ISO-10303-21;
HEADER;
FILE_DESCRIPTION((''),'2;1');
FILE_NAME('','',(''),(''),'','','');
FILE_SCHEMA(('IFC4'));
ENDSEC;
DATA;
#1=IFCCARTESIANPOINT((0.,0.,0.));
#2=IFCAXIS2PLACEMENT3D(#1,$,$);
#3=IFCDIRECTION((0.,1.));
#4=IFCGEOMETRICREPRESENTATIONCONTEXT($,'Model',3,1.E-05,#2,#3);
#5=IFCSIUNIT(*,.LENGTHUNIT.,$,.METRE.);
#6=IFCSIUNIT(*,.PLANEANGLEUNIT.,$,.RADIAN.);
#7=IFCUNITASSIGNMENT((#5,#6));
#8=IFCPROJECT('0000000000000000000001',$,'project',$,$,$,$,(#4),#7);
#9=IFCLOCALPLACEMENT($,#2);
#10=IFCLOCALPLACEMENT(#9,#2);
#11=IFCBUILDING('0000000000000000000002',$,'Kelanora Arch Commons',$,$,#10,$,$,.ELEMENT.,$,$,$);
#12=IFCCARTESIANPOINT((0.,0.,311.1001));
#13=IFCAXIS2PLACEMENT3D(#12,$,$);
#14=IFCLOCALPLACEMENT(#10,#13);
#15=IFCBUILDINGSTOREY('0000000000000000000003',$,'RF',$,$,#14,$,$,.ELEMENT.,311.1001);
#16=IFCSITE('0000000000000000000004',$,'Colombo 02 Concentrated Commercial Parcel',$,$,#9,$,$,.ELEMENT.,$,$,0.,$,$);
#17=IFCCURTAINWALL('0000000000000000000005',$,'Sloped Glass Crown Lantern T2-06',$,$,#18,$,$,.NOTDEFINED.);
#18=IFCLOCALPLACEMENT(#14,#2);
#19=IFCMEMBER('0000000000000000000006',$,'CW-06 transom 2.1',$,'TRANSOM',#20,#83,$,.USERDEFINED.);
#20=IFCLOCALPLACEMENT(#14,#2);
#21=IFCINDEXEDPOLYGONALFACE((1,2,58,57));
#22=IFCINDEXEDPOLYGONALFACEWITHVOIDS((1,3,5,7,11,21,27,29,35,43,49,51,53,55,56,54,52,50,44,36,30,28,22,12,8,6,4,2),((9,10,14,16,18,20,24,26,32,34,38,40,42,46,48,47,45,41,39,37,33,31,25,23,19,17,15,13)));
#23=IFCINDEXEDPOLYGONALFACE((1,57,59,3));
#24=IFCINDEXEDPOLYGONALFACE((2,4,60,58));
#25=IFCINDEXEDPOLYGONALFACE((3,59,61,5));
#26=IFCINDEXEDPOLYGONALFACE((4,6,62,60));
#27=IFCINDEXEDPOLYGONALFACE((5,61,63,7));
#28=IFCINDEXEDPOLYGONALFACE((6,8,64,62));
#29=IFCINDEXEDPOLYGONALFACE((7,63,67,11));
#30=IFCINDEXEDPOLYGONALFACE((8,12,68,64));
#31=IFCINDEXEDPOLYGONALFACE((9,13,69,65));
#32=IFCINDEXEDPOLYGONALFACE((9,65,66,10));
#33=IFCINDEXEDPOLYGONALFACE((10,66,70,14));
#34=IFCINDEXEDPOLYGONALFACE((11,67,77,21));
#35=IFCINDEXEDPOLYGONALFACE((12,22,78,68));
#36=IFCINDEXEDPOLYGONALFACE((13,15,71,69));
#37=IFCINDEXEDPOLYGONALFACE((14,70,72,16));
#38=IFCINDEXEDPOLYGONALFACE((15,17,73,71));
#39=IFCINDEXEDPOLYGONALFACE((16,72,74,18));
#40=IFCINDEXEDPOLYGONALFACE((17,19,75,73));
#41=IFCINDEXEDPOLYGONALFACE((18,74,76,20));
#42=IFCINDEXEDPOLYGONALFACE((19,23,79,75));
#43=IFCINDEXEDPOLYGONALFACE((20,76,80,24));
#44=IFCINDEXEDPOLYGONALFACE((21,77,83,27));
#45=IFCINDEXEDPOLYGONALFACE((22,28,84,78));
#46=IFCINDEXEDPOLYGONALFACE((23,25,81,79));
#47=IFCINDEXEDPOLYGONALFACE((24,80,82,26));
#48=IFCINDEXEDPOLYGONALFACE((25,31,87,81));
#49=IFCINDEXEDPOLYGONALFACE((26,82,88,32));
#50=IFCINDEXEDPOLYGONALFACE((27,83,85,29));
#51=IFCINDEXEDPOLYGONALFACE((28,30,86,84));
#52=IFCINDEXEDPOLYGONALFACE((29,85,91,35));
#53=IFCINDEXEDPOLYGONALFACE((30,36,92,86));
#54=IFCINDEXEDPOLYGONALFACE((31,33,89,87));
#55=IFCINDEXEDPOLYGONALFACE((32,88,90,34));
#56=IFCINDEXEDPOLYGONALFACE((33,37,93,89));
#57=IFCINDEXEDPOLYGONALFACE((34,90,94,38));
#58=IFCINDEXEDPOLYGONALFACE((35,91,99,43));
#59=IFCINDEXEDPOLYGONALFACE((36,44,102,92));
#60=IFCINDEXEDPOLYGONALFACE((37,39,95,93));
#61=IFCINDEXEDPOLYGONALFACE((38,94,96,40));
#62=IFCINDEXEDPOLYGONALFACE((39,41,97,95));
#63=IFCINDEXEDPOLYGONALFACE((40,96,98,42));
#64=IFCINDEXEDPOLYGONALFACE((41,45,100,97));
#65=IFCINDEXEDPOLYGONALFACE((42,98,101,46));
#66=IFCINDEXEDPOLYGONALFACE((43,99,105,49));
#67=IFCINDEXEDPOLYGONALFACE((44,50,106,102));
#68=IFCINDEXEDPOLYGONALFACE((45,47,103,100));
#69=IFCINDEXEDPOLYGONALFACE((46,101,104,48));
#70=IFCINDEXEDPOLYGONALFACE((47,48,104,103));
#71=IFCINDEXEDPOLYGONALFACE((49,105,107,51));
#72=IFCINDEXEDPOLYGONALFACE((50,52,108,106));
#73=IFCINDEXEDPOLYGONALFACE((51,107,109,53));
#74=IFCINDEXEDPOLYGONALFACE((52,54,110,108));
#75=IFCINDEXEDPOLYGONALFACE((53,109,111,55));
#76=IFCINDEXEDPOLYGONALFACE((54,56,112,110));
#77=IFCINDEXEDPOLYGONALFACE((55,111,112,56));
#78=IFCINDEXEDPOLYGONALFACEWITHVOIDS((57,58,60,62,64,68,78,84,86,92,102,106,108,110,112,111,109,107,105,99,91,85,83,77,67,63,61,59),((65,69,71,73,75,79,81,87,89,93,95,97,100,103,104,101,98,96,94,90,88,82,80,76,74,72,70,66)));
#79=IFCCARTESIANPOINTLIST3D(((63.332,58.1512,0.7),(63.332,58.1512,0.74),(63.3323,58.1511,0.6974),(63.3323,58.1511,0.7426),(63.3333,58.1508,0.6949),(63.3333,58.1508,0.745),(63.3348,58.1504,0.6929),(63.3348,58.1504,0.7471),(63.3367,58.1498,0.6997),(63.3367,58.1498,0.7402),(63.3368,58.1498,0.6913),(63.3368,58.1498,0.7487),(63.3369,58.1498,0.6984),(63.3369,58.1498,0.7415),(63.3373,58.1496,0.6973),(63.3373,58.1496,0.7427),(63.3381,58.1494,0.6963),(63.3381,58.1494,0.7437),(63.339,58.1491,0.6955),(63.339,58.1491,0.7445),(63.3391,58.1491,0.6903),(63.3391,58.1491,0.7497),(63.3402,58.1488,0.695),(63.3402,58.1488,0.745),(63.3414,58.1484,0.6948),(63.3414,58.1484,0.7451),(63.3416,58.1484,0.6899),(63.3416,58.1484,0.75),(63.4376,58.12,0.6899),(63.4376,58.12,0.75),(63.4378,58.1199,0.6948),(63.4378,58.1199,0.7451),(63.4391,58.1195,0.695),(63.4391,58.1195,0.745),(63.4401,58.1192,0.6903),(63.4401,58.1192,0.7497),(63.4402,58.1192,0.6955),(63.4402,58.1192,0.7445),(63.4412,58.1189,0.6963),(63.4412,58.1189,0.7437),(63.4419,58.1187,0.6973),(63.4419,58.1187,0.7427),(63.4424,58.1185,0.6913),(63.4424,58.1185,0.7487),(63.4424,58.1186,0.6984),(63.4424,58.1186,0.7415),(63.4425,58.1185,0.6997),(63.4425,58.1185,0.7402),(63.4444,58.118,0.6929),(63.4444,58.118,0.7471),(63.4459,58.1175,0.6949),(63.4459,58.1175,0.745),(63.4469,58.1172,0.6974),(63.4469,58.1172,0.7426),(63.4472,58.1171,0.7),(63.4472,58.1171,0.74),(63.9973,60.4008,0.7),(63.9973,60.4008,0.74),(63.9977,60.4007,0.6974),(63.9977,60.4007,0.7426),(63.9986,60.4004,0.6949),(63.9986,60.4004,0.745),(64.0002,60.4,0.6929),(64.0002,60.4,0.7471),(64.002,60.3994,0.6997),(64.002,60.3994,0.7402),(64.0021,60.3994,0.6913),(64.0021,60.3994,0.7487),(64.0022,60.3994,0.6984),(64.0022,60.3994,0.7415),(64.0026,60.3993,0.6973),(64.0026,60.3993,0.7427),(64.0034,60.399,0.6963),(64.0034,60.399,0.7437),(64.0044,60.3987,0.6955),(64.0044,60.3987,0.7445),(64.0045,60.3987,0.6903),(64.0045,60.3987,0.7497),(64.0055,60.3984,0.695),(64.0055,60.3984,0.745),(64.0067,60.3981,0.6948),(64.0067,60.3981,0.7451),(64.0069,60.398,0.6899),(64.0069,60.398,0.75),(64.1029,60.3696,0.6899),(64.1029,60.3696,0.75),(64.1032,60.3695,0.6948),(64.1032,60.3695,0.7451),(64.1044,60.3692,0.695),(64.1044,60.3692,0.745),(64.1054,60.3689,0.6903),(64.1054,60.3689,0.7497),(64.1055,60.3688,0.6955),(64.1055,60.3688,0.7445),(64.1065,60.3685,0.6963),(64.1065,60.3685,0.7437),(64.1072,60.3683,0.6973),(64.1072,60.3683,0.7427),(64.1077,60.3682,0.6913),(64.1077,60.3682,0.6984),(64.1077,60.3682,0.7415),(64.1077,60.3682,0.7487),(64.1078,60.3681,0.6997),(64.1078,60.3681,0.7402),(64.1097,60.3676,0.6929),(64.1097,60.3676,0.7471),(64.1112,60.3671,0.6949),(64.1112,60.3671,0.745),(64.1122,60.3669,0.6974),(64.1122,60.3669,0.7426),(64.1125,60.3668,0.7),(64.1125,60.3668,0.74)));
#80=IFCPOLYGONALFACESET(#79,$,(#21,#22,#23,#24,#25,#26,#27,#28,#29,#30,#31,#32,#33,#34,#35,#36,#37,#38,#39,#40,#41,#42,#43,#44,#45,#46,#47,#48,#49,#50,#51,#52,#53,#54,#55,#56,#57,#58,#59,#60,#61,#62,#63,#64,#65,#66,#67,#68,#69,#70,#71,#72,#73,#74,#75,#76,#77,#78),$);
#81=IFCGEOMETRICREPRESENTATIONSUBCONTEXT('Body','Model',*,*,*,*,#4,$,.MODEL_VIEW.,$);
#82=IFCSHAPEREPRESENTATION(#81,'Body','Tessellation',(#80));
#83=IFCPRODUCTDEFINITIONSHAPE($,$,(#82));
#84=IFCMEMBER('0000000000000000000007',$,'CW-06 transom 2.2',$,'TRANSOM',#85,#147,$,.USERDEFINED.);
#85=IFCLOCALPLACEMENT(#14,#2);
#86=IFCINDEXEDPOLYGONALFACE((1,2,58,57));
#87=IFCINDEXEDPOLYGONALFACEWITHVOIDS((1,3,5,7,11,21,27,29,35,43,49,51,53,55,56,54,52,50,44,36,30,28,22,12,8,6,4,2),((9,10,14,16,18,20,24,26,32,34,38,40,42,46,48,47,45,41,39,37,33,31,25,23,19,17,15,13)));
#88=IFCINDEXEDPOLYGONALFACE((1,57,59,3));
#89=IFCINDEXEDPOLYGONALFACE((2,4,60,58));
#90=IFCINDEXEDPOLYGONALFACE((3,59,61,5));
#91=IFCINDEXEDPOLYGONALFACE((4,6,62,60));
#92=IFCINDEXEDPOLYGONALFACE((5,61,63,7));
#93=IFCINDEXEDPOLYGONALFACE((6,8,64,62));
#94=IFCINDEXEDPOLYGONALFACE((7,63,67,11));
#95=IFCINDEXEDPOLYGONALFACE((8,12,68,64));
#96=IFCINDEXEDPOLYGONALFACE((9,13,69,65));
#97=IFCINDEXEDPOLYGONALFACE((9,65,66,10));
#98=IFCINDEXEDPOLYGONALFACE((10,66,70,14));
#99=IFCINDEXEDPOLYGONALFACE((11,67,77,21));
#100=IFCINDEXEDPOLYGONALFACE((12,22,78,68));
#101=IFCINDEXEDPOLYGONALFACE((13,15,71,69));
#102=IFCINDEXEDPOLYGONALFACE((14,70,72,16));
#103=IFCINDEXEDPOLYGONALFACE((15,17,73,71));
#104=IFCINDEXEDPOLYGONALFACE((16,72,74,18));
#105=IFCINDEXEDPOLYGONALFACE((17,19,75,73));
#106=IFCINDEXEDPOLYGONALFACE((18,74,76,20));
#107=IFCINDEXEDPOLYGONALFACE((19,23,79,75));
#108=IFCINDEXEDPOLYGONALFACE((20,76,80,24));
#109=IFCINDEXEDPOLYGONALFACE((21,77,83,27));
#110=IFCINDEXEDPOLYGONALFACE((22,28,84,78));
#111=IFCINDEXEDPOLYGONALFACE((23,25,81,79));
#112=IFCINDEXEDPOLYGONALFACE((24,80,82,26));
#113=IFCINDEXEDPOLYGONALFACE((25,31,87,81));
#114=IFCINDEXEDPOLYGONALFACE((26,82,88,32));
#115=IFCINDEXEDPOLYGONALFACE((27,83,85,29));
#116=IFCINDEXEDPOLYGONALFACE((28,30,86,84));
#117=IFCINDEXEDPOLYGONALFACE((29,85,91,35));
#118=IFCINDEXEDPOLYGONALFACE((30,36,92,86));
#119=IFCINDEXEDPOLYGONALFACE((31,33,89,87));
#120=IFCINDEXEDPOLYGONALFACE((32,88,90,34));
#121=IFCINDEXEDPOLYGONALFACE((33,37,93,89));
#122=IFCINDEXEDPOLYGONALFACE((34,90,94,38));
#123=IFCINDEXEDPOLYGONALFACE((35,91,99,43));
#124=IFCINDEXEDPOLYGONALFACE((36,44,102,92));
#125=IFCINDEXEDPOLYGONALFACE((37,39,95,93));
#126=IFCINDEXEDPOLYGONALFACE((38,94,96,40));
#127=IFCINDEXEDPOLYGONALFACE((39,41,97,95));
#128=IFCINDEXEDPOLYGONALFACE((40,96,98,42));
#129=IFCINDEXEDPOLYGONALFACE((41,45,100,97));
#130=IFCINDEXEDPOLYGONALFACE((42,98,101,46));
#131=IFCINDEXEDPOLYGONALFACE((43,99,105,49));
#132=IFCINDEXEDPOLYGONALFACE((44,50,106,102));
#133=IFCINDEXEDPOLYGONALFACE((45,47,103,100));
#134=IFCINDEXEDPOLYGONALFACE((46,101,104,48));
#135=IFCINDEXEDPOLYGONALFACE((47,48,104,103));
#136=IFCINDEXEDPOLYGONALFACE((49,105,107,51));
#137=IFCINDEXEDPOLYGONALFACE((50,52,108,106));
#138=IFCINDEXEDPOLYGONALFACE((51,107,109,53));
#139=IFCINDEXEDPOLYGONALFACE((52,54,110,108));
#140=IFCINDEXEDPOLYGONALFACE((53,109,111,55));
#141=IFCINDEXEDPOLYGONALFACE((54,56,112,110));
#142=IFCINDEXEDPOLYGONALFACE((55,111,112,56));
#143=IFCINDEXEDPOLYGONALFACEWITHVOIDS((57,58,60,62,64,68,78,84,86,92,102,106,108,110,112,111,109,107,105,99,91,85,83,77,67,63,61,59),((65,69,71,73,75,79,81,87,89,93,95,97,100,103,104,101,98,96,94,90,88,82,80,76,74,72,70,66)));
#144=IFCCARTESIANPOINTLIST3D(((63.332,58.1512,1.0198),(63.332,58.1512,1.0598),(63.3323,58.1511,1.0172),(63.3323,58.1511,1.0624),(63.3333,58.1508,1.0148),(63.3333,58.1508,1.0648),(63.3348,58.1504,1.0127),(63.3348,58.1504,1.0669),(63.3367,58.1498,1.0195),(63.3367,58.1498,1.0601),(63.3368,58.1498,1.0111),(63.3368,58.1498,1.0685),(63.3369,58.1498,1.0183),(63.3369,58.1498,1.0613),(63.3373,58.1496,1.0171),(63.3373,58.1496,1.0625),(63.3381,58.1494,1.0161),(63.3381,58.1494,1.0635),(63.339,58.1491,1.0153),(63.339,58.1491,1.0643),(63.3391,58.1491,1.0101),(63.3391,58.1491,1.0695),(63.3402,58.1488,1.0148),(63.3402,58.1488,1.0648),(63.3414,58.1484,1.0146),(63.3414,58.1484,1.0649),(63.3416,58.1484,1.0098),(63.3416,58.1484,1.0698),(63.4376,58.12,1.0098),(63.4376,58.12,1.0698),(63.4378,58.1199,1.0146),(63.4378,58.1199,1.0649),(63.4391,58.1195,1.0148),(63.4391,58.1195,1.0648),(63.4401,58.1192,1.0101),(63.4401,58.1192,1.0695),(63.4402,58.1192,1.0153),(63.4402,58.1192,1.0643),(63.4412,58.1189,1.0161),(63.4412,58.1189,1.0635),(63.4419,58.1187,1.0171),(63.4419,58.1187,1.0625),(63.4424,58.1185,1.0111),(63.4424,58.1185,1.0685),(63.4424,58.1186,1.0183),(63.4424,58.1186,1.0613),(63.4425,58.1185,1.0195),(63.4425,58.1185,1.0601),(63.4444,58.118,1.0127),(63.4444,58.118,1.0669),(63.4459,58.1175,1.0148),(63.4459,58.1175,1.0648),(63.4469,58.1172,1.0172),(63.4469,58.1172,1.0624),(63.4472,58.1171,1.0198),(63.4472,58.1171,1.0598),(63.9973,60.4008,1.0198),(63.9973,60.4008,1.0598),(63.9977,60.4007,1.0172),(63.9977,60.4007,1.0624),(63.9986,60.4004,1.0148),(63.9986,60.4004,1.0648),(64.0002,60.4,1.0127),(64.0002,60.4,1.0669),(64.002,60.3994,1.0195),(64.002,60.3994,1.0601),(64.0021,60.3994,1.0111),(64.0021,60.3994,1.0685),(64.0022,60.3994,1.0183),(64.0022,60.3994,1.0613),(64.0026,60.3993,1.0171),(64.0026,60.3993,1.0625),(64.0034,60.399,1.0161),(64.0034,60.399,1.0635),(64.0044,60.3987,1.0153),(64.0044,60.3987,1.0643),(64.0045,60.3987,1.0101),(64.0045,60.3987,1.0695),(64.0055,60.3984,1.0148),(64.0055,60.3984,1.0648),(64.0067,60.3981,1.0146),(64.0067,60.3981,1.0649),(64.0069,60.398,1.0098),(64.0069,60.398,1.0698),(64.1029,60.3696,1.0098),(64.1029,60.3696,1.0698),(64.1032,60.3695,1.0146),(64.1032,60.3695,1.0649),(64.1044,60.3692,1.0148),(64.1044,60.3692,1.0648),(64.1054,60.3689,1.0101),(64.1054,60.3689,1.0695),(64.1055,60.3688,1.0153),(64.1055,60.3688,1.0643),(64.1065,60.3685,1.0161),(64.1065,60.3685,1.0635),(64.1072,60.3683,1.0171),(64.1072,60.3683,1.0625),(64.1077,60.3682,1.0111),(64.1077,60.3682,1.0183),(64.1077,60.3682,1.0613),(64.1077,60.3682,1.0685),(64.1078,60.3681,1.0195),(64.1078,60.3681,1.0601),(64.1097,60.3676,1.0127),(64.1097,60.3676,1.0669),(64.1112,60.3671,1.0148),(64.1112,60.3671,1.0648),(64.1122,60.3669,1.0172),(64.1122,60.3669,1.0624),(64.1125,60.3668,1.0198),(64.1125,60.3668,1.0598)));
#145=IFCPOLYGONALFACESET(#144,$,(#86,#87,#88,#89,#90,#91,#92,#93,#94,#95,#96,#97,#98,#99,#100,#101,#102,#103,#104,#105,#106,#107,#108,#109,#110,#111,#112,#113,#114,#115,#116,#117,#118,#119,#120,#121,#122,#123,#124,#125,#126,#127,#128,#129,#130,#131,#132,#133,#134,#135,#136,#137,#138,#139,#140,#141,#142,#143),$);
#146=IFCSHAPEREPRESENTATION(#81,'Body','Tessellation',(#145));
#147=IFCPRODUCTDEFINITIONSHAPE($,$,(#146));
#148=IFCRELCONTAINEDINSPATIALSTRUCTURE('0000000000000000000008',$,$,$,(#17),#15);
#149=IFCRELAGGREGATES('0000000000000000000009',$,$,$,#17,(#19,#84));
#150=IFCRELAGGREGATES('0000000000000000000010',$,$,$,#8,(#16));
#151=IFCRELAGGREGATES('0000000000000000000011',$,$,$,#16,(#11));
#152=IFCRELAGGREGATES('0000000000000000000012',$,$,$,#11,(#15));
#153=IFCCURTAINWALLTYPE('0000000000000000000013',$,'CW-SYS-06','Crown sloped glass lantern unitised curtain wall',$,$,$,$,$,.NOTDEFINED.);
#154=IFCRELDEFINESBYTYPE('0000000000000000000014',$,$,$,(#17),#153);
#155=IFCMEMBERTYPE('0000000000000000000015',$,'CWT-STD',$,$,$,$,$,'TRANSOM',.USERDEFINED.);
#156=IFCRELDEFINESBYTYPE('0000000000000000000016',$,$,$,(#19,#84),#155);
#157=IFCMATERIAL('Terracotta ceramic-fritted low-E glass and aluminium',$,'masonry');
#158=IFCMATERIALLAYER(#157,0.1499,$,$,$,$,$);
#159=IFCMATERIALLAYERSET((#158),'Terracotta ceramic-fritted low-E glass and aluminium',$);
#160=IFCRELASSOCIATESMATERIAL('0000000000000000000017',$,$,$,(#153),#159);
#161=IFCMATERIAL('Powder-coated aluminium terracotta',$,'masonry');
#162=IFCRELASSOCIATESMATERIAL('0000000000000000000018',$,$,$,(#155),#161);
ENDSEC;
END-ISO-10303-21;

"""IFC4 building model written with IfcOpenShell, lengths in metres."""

from ifc_helpers import new_model, si_unit, direction, frame, origin, origin_2d, place, context, subcontext, project, spatial, hollow_rectangle, extrude, material, layer, layer_set, material_profile, profile_set, type_object, element, aggregate, save


model = new_model("IFC4")

# Units and contexts
model_context = context("Model", 3, precision=1e-05, world=origin(), true_north=direction((0.0, 1.0)))
body_context = subcontext(model_context, "Body", "Model", "MODEL_VIEW")
ifc_project = project(units=[si_unit("LENGTHUNIT", "METRE"), si_unit("PLANEANGLEUNIT", "RADIAN")], contexts=[model_context])

# Site, building, storey
site_placement = place(None, origin())
site = spatial("IfcSite", under=ifc_project, at=site_placement, Name="Colombo 02 Concentrated Commercial Parcel", CompositionType="ELEMENT", RefElevation=0.0)
building_placement = place(site_placement, origin())
building = spatial("IfcBuilding", under=site, at=building_placement, Name="Kelanora Arch Commons", CompositionType="ELEMENT")
storey_placement = place(building_placement, frame((0.0, 0.0, 311.1001)))
storey = spatial("IfcBuildingStorey", under=building, at=storey_placement, Name="RF", CompositionType="ELEMENT", Elevation=311.1001)

# Curtain wall
ifc_material_1 = material(Name="Terracotta ceramic-fritted low-E glass and aluminium", Category="masonry")
ifc_layer_1 = layer(ifc_material_1, 0.1499)
ifc_layer_set_1 = layer_set([ifc_layer_1], Name="Terracotta ceramic-fritted low-E glass and aluminium")
curtain_wall_type = type_object("IfcCurtainWallType", Name="CW-SYS-06", Description="Crown sloped glass lantern unitised curtain wall", PredefinedType="NOTDEFINED", material=ifc_layer_set_1)
ifc_material_2 = material(Name="Powder-coated aluminium terracotta", Category="masonry")
curtain_wall_1_placement = place(storey_placement, origin())
curtain_wall_1 = element("IfcCurtainWall", 1, at=curtain_wall_1_placement, inside=storey, type_object=curtain_wall_type, Name="Sloped Glass Crown Lantern T2-06", PredefinedType="NOTDEFINED")

# Members
ifc_material_profile_1 = material_profile(ifc_material_2, hollow_rectangle(XDim=0.1201, YDim=0.0601, WallThickness=0.0049, InnerFilletRadius=0.0049, OuterFilletRadius=0.01, at=origin_2d()), Name="CWT120x60")
ifc_profile_set_1 = profile_set([ifc_material_profile_1], Name="Powder-coated aluminium terracotta")
member_type_1 = type_object("IfcMemberType", Name="CWT-STD", ElementType="TRANSOM", PredefinedType="USERDEFINED", material=ifc_profile_set_1)
member_1_placement = place(storey_placement, frame((64.0549, 60.3838, 0.72), z_axis=(-0.283603, -0.958942, 0.0), x_axis=(0.958942, -0.283603, 0.0)))
member_1 = element("IfcMember", 2, at=member_1_placement, type_object=member_type_1, Name="CW-06 transom 2.1", ObjectType="TRANSOM", PredefinedType="USERDEFINED", context=body_context, shape_type="SweptSolid", body=[
    extrude(hollow_rectangle(XDim=0.1201, YDim=0.0601, WallThickness=0.0049, InnerFilletRadius=0.0049, OuterFilletRadius=0.01, at=origin_2d()), origin(), (0.0, 0.0, 1.0), 2.3459),
])
member_2_placement = place(storey_placement, frame((64.0549, 60.3838, 1.0398), z_axis=(-0.283603, -0.958942, 0.0), x_axis=(0.958942, -0.283603, 0.0)))
member_2 = element("IfcMember", 3, at=member_2_placement, type_object=member_type_1, Name="CW-06 transom 2.2", ObjectType="TRANSOM", PredefinedType="USERDEFINED", context=body_context, shape_type="SweptSolid", body=[
    extrude(hollow_rectangle(XDim=0.1201, YDim=0.0601, WallThickness=0.0049, InnerFilletRadius=0.0049, OuterFilletRadius=0.01, at=origin_2d()), origin(), (0.0, 0.0, 1.0), 2.3459),
])

aggregate(curtain_wall_1, [member_1, member_2])

save(model, "model.ifc")
